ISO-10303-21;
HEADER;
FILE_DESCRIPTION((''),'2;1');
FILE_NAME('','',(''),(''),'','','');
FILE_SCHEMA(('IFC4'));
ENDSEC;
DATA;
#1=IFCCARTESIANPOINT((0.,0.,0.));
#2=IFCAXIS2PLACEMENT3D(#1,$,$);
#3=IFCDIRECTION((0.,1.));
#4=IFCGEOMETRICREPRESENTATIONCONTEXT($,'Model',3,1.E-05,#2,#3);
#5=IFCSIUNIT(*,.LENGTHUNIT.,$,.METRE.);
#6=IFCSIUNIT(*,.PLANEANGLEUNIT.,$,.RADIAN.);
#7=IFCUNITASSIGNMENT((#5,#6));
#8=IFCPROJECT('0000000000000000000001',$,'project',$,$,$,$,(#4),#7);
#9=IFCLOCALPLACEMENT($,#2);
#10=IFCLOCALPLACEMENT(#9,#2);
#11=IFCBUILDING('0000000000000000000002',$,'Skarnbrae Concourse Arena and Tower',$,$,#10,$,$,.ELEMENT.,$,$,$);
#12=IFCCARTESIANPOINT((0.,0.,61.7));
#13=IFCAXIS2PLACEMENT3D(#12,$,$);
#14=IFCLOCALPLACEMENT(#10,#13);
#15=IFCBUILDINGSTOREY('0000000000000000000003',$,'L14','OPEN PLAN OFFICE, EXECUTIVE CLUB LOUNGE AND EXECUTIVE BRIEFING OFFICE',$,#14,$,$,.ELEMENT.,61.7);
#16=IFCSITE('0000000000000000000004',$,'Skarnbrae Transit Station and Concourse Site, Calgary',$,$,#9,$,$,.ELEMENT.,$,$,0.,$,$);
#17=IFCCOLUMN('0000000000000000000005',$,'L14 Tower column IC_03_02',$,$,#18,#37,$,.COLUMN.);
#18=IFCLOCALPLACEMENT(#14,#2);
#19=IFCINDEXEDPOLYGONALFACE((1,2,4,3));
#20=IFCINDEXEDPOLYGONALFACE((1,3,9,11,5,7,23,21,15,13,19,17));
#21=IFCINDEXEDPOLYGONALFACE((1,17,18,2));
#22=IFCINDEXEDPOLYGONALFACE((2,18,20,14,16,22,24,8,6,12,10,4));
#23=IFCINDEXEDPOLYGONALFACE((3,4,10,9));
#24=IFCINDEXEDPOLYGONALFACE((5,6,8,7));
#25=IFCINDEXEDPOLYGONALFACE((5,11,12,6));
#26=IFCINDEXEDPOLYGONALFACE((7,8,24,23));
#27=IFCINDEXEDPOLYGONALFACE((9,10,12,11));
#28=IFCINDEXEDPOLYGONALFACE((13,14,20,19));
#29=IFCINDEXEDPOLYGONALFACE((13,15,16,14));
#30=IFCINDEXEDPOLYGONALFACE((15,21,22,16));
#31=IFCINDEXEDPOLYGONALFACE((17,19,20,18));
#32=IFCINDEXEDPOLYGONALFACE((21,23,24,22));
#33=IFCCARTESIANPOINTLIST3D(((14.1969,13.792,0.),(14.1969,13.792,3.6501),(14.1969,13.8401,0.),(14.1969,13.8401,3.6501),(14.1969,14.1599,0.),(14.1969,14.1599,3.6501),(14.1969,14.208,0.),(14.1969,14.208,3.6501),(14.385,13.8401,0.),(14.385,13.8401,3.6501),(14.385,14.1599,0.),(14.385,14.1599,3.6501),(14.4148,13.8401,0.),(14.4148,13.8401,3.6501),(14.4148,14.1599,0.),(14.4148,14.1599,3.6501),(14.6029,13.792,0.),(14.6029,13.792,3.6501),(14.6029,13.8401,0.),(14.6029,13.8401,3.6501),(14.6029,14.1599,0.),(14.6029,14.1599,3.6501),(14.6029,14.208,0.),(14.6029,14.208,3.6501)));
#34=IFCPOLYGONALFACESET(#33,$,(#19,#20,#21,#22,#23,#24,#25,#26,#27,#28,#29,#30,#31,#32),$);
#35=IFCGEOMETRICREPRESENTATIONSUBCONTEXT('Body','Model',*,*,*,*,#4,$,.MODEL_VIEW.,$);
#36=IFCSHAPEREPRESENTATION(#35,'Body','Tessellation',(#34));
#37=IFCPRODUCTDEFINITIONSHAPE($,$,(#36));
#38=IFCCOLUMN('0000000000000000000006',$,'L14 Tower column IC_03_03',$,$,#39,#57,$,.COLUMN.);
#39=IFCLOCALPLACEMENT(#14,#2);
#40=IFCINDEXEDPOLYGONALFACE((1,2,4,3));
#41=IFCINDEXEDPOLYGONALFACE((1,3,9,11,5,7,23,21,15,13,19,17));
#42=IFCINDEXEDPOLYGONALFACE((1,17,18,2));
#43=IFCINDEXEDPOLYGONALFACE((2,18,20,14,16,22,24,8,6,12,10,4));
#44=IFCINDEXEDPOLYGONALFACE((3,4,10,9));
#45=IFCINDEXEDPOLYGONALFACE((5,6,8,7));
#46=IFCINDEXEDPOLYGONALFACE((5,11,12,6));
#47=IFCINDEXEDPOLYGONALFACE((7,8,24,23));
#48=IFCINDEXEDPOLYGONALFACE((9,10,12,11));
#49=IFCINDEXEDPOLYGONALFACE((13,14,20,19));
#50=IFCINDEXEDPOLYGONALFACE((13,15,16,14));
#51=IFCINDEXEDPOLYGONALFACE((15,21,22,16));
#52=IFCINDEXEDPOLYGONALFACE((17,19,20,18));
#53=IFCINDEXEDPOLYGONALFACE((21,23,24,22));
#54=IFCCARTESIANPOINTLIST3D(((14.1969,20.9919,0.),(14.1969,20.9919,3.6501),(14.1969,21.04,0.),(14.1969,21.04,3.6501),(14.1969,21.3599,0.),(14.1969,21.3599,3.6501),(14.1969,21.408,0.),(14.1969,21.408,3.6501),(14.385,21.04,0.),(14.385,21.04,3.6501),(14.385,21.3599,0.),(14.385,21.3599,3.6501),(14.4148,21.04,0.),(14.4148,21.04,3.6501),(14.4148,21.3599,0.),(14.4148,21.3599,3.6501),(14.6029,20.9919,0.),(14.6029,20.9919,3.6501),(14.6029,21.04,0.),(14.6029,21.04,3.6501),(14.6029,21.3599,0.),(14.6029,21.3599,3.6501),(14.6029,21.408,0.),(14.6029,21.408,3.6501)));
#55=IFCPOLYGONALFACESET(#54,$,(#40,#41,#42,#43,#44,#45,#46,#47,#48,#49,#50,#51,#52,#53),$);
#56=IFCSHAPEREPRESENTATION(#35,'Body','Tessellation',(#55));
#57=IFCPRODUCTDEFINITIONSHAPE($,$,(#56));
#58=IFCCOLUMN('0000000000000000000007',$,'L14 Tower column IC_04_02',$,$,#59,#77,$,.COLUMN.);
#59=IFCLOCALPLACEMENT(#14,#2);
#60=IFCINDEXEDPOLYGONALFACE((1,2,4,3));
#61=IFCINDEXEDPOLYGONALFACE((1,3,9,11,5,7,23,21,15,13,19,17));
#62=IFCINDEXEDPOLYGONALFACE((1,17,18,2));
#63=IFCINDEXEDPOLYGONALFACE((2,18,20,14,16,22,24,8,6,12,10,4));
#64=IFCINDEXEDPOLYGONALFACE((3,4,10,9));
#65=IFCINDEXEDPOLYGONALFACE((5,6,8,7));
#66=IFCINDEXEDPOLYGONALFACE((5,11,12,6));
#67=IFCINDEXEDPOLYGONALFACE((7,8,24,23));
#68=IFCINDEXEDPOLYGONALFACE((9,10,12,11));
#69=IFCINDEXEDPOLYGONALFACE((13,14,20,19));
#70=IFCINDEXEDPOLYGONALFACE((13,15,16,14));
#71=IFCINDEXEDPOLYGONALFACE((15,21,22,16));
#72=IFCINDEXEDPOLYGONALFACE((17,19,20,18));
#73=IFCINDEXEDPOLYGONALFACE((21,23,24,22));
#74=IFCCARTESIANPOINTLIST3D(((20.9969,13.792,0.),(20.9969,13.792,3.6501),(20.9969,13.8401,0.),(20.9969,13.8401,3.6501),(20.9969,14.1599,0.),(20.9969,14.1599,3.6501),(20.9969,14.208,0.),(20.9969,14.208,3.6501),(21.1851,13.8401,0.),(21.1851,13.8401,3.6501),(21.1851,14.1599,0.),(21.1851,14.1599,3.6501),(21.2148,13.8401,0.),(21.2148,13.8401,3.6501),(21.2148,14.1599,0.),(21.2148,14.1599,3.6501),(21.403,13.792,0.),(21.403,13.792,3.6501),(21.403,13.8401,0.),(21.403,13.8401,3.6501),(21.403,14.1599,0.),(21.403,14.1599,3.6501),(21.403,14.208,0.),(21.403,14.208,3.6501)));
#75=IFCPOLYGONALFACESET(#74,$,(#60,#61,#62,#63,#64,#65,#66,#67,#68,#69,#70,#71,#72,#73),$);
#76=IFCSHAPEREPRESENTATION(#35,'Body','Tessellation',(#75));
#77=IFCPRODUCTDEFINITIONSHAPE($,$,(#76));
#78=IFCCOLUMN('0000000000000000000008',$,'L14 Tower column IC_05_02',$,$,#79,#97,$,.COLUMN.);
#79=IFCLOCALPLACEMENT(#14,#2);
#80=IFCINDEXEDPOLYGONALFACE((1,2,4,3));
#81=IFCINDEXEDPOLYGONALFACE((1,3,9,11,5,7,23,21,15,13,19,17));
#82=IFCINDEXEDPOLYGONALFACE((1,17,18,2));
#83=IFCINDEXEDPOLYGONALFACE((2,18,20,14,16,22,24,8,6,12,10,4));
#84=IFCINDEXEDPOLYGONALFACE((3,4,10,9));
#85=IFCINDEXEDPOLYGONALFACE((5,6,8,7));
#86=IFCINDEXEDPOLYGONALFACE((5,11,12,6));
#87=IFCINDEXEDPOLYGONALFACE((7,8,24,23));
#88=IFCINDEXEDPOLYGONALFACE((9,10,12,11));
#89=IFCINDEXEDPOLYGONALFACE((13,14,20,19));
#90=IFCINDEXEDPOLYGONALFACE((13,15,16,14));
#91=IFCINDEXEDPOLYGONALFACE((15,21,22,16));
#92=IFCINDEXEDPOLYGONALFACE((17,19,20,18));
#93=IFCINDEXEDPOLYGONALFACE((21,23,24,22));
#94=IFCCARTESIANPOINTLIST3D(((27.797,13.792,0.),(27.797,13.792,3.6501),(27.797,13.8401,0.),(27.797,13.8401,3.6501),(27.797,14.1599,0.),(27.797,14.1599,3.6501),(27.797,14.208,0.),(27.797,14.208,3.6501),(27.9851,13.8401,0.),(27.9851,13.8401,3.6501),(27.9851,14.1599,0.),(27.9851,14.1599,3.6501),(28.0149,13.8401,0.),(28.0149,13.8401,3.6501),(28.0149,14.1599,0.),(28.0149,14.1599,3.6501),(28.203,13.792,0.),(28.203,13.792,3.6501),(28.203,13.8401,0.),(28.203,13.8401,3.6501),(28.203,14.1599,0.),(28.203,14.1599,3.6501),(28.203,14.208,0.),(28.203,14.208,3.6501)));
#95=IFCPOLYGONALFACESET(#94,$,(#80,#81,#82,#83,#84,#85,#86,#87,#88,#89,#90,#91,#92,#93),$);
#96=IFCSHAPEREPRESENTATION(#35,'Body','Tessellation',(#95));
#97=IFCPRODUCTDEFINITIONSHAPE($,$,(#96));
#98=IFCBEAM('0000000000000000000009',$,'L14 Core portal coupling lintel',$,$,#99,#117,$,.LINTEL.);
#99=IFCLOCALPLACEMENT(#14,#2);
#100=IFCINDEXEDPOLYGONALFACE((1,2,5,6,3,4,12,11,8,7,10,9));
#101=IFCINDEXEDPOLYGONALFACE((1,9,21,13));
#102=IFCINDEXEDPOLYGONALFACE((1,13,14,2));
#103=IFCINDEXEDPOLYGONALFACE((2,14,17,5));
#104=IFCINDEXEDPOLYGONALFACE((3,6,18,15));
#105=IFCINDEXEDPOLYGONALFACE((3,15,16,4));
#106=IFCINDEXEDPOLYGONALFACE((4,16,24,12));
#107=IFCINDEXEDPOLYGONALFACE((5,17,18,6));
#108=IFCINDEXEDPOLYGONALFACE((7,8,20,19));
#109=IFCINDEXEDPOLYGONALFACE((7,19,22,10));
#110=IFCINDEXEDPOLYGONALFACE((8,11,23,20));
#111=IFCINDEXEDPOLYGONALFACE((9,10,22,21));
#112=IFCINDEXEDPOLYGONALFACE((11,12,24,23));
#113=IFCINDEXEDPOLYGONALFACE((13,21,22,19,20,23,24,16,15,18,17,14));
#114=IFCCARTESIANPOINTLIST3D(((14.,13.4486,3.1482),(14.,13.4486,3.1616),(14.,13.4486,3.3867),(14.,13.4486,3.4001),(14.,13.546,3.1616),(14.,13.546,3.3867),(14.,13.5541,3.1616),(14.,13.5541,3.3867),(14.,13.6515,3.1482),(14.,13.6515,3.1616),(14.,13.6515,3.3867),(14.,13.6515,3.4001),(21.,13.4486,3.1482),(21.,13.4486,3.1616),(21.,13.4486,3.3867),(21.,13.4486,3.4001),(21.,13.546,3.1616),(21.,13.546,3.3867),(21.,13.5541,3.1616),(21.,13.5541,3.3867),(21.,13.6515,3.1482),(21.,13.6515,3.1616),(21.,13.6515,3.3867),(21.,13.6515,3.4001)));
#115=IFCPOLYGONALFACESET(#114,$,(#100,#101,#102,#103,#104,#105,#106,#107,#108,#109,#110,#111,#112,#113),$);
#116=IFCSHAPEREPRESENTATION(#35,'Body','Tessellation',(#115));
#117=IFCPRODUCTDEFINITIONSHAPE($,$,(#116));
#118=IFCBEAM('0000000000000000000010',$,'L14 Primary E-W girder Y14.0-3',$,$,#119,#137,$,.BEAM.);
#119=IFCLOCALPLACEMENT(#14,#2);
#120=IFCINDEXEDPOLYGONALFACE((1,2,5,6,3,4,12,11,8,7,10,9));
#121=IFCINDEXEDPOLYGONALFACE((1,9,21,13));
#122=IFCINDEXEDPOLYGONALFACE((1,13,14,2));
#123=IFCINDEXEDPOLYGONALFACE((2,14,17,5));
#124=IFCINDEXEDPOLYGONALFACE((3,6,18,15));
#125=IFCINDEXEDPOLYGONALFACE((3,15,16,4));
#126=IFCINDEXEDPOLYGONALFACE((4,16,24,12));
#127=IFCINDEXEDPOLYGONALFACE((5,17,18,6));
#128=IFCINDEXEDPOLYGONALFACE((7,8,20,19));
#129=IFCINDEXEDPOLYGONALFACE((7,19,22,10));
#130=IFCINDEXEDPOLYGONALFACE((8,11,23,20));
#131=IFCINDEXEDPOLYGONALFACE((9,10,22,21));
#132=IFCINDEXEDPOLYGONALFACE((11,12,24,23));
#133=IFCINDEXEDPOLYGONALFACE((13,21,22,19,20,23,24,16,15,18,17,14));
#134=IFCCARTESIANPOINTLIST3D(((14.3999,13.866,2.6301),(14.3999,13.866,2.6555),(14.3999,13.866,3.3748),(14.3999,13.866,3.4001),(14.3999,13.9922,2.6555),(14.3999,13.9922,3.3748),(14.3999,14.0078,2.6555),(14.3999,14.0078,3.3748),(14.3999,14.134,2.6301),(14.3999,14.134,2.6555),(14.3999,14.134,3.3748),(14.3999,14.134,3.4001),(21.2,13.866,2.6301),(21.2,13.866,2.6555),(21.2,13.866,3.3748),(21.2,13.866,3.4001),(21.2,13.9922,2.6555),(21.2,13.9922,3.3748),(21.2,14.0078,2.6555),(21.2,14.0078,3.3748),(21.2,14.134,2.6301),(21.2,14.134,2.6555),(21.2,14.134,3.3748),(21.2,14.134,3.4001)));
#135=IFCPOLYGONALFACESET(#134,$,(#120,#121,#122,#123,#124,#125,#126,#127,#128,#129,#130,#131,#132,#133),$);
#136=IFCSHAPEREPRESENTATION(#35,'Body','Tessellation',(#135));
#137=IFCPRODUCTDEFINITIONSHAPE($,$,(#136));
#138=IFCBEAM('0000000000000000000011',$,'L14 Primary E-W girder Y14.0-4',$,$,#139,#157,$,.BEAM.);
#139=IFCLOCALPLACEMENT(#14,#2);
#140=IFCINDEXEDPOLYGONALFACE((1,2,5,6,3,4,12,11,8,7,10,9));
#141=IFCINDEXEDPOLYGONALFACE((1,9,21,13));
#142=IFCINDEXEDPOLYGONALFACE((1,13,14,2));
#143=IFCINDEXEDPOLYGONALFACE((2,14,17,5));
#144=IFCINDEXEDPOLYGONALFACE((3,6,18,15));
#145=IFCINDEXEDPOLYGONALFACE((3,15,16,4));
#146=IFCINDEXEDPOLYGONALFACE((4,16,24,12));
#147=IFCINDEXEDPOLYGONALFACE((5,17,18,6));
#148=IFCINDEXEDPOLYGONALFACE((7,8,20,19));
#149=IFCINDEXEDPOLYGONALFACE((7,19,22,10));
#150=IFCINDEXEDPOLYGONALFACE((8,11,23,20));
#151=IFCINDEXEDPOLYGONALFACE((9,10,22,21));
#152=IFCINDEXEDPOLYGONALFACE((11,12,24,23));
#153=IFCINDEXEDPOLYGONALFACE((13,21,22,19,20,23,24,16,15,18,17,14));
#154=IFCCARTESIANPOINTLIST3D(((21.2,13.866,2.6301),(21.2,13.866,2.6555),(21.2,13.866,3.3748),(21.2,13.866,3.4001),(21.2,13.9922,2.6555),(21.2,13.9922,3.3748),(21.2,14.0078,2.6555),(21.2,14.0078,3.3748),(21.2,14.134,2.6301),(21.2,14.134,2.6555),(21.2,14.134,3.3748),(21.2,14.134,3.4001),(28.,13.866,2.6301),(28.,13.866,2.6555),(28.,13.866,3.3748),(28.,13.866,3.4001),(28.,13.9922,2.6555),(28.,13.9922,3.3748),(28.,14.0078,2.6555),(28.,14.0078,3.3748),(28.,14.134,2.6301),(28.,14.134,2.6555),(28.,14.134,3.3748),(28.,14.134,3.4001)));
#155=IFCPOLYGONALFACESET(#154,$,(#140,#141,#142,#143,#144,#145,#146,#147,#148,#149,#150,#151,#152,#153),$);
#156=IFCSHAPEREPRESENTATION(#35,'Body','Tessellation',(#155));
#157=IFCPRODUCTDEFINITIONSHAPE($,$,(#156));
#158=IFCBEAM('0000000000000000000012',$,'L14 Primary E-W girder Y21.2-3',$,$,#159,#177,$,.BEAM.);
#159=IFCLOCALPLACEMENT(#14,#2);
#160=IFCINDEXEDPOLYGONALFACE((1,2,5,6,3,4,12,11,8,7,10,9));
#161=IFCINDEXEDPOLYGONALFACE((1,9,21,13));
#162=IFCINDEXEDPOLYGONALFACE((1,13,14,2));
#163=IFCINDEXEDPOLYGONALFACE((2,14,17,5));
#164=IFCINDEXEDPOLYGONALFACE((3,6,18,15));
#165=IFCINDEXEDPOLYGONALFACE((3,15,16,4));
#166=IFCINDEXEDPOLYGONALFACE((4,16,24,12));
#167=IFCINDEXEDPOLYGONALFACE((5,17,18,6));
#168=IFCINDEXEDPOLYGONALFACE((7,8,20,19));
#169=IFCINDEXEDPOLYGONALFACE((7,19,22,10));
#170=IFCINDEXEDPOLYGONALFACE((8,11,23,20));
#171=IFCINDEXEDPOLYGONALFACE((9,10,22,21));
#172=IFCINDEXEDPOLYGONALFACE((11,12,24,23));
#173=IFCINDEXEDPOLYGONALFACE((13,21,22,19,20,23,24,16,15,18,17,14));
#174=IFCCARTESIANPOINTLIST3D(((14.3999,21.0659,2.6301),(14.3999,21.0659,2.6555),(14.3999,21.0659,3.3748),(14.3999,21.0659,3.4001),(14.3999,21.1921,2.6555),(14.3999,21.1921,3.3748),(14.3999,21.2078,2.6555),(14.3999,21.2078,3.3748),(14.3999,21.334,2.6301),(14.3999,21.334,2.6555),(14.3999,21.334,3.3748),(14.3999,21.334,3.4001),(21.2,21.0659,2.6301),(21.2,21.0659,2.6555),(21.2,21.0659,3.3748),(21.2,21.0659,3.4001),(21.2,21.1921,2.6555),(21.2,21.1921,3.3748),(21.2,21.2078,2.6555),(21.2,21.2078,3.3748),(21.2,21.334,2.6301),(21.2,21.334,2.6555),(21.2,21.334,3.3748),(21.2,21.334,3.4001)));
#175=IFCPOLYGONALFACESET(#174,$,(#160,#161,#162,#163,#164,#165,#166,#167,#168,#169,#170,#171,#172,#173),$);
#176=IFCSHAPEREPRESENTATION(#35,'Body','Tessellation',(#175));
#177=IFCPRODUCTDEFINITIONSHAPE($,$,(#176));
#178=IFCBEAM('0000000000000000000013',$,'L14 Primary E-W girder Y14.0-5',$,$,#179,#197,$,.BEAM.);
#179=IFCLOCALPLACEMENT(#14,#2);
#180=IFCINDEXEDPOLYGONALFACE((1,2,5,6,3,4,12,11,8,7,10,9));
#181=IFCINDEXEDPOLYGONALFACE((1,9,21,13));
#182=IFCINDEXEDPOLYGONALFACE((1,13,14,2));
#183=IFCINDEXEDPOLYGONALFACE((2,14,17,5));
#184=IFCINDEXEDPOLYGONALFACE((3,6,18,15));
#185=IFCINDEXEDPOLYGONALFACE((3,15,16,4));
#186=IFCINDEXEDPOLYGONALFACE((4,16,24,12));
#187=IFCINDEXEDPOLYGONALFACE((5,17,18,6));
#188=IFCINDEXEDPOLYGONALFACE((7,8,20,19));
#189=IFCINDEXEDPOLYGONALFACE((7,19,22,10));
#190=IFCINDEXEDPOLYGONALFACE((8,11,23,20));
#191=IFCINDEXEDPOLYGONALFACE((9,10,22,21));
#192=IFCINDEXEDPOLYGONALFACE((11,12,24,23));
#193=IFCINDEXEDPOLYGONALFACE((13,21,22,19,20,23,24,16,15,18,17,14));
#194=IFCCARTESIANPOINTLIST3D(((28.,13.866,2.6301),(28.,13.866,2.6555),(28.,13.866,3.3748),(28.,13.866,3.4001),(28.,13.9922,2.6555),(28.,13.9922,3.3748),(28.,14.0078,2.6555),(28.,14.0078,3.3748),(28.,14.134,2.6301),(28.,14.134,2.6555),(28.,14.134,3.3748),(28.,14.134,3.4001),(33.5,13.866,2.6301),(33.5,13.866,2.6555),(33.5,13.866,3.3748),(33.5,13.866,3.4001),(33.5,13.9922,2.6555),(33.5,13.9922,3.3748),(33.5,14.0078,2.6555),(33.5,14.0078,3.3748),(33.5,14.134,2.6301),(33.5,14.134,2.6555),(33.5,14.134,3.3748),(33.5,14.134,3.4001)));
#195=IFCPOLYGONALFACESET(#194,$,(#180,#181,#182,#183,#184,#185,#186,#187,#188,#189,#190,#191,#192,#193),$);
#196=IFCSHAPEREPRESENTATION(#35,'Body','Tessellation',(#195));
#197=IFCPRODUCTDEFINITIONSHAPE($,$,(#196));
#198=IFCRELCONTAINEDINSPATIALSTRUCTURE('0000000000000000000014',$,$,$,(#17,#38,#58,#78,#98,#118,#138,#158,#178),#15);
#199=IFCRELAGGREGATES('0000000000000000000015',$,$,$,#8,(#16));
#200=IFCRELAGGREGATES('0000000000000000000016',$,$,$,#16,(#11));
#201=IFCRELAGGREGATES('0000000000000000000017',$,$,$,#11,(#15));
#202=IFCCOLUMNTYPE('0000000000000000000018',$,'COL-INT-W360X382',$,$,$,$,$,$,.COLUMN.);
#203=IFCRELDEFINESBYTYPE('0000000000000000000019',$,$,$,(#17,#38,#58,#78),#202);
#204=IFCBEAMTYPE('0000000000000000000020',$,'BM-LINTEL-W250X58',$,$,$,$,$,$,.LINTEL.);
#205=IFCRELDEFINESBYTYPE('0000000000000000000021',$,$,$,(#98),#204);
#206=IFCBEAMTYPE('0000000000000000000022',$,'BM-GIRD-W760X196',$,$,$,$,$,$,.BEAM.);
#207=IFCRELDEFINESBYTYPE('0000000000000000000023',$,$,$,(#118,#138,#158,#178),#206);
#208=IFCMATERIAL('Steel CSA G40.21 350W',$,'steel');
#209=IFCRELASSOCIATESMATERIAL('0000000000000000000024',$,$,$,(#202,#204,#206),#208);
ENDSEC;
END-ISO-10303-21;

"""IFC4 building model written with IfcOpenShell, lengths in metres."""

from ifc_helpers import new_model, si_unit, direction, frame, origin, origin_2d, place, context, subcontext, project, spatial, i_section, extrude, source, transform, mapped, material, material_profile, profile_set, type_object, element, save


model = new_model("IFC4")

# Units and contexts
model_context = context("Model", 3, precision=1e-05, world=origin(), true_north=direction((0.0, 1.0)))
body_context = subcontext(model_context, "Body", "Model", "MODEL_VIEW")
ifc_project = project(units=[si_unit("LENGTHUNIT", "METRE"), si_unit("PLANEANGLEUNIT", "RADIAN")], contexts=[model_context])

# Site, building, storey
site_placement = place(None, origin())
site = spatial("IfcSite", under=ifc_project, at=site_placement, Name="Skarnbrae Transit Station and Concourse Site, Calgary", CompositionType="ELEMENT", RefElevation=0.0)
building_placement = place(site_placement, origin())
building = spatial("IfcBuilding", under=site, at=building_placement, Name="Skarnbrae Concourse Arena and Tower", CompositionType="ELEMENT")
storey_placement = place(building_placement, frame((0.0, 0.0, 61.7)))
storey = spatial("IfcBuildingStorey", under=building, at=storey_placement, Name="L14", Description="OPEN PLAN OFFICE, EXECUTIVE CLUB LOUNGE AND EXECUTIVE BRIEFING OFFICE", CompositionType="ELEMENT", Elevation=61.7)

# Columns
ifc_material_1 = material(Name="Steel CSA G40.21 350W", Category="steel")
ifc_material_profile_1 = material_profile(ifc_material_1, i_section(OverallWidth=0.406, OverallDepth=0.416, WebThickness=0.0298, FlangeThickness=0.0481, at=origin_2d()), Name="W360X382")
ifc_profile_set_1 = profile_set([ifc_material_profile_1], Name="Steel CSA G40.21 350W")
column_type = type_object("IfcColumnType", Name="COL-INT-W360X382", PredefinedType="COLUMN", material=ifc_profile_set_1)
shared_shape_1 = source(origin(), body_context, "Body", "SweptSolid", [
    extrude(i_section(OverallWidth=0.406, OverallDepth=0.416, WebThickness=0.0298, FlangeThickness=0.0481, at=origin_2d()), origin(), (0.0, 0.0, 1.0), 3.6501),
])
for number, where, z_axis, x_axis, name in (
    (1, (14.3999, 14.0, 0.0), (0.0, 0.0, 1.0), (1.0, 0.0, 0.0), "L14 Tower column IC_03_02"),
    (2, (14.3999, 21.2, 0.0), (0.0, 0.0, 1.0), (1.0, 0.0, 0.0), "L14 Tower column IC_03_03"),
    (3, (21.2, 14.0, 0.0), (0.0, 0.0, 1.0), (1.0, 0.0, 0.0), "L14 Tower column IC_04_02"),
    (4, (28.0, 14.0, 0.0), (0.0, 0.0, 1.0), (1.0, 0.0, 0.0), "L14 Tower column IC_05_02"),
):
    element("IfcColumn", number, at=place(storey_placement, frame(where, z_axis=z_axis, x_axis=x_axis)), inside=storey, type_object=column_type, Name=name, PredefinedType="COLUMN", context=body_context, shape_type="MappedRepresentation", body=[
        mapped(shared_shape_1, transform((0.0, 0.0, 0.0))),
    ])

# Beams
ifc_material_profile_2 = material_profile(ifc_material_1, i_section(OverallWidth=0.2029, OverallDepth=0.252, WebThickness=0.0081, FlangeThickness=0.0134, at=origin_2d()), Name="W250X58")
ifc_profile_set_2 = profile_set([ifc_material_profile_2], Name="Steel CSA G40.21 350W")
beam_type_1 = type_object("IfcBeamType", Name="BM-LINTEL-W250X58", PredefinedType="LINTEL", material=ifc_profile_set_2)
shared_shape_2 = source(origin(), body_context, "Body", "SweptSolid", [
    extrude(i_section(OverallWidth=0.2029, OverallDepth=0.252, WebThickness=0.0081, FlangeThickness=0.0134, at=origin_2d()), origin(), (0.0, 0.0, 1.0), 7.0),
])
beam_1_placement = place(storey_placement, frame((14.0, 13.55, 3.2742), z_axis=(1.0, 0.0, 0.0), x_axis=(0.0, 1.0, 0.0)))
element("IfcBeam", 5, at=beam_1_placement, inside=storey, type_object=beam_type_1, Name="L14 Core portal coupling lintel", PredefinedType="LINTEL", context=body_context, shape_type="MappedRepresentation", body=[
    mapped(shared_shape_2, transform((0.0, 0.0, 0.0))),
])
ifc_material_profile_3 = material_profile(ifc_material_1, i_section(OverallWidth=0.2681, OverallDepth=0.77, WebThickness=0.0156, FlangeThickness=0.0254, at=origin_2d()), Name="W760X196")
ifc_profile_set_3 = profile_set([ifc_material_profile_3], Name="Steel CSA G40.21 350W")
beam_type_2 = type_object("IfcBeamType", Name="BM-GIRD-W760X196", PredefinedType="BEAM", material=ifc_profile_set_3)
shared_shape_3 = source(origin(), body_context, "Body", "SweptSolid", [
    extrude(i_section(OverallWidth=0.2681, OverallDepth=0.77, WebThickness=0.0156, FlangeThickness=0.0254, at=origin_2d()), origin(), (0.0, 0.0, 1.0), 6.8),
])
for number, where, z_axis, x_axis, name in (
    (6, (14.3999, 14.0, 3.0151), (1.0, 0.0, 0.0), (0.0, 1.0, 0.0), "L14 Primary E-W girder Y14.0-3"),
    (7, (21.2, 14.0, 3.0151), (1.0, 0.0, 0.0), (0.0, 1.0, 0.0), "L14 Primary E-W girder Y14.0-4"),
    (8, (14.3999, 21.2, 3.0151), (1.0, 0.0, 0.0), (0.0, 1.0, 0.0), "L14 Primary E-W girder Y21.2-3"),
):
    element("IfcBeam", number, at=place(storey_placement, frame(where, z_axis=z_axis, x_axis=x_axis)), inside=storey, type_object=beam_type_2, Name=name, PredefinedType="BEAM", context=body_context, shape_type="MappedRepresentation", body=[
        mapped(shared_shape_3, transform((0.0, 0.0, 0.0))),
    ])
shared_shape_4 = source(origin(), body_context, "Body", "SweptSolid", [
    extrude(i_section(OverallWidth=0.2681, OverallDepth=0.77, WebThickness=0.0156, FlangeThickness=0.0254, at=origin_2d()), origin(), (0.0, 0.0, 1.0), 5.5),
])
beam_2_placement = place(storey_placement, frame((28.0, 14.0, 3.0151), z_axis=(1.0, 0.0, 0.0), x_axis=(0.0, 1.0, 0.0)))
element("IfcBeam", 9, at=beam_2_placement, inside=storey, type_object=beam_type_2, Name="L14 Primary E-W girder Y14.0-5", PredefinedType="BEAM", context=body_context, shape_type="MappedRepresentation", body=[
    mapped(shared_shape_4, transform((0.0, 0.0, 0.0))),
])

save(model, "model.ifc")
